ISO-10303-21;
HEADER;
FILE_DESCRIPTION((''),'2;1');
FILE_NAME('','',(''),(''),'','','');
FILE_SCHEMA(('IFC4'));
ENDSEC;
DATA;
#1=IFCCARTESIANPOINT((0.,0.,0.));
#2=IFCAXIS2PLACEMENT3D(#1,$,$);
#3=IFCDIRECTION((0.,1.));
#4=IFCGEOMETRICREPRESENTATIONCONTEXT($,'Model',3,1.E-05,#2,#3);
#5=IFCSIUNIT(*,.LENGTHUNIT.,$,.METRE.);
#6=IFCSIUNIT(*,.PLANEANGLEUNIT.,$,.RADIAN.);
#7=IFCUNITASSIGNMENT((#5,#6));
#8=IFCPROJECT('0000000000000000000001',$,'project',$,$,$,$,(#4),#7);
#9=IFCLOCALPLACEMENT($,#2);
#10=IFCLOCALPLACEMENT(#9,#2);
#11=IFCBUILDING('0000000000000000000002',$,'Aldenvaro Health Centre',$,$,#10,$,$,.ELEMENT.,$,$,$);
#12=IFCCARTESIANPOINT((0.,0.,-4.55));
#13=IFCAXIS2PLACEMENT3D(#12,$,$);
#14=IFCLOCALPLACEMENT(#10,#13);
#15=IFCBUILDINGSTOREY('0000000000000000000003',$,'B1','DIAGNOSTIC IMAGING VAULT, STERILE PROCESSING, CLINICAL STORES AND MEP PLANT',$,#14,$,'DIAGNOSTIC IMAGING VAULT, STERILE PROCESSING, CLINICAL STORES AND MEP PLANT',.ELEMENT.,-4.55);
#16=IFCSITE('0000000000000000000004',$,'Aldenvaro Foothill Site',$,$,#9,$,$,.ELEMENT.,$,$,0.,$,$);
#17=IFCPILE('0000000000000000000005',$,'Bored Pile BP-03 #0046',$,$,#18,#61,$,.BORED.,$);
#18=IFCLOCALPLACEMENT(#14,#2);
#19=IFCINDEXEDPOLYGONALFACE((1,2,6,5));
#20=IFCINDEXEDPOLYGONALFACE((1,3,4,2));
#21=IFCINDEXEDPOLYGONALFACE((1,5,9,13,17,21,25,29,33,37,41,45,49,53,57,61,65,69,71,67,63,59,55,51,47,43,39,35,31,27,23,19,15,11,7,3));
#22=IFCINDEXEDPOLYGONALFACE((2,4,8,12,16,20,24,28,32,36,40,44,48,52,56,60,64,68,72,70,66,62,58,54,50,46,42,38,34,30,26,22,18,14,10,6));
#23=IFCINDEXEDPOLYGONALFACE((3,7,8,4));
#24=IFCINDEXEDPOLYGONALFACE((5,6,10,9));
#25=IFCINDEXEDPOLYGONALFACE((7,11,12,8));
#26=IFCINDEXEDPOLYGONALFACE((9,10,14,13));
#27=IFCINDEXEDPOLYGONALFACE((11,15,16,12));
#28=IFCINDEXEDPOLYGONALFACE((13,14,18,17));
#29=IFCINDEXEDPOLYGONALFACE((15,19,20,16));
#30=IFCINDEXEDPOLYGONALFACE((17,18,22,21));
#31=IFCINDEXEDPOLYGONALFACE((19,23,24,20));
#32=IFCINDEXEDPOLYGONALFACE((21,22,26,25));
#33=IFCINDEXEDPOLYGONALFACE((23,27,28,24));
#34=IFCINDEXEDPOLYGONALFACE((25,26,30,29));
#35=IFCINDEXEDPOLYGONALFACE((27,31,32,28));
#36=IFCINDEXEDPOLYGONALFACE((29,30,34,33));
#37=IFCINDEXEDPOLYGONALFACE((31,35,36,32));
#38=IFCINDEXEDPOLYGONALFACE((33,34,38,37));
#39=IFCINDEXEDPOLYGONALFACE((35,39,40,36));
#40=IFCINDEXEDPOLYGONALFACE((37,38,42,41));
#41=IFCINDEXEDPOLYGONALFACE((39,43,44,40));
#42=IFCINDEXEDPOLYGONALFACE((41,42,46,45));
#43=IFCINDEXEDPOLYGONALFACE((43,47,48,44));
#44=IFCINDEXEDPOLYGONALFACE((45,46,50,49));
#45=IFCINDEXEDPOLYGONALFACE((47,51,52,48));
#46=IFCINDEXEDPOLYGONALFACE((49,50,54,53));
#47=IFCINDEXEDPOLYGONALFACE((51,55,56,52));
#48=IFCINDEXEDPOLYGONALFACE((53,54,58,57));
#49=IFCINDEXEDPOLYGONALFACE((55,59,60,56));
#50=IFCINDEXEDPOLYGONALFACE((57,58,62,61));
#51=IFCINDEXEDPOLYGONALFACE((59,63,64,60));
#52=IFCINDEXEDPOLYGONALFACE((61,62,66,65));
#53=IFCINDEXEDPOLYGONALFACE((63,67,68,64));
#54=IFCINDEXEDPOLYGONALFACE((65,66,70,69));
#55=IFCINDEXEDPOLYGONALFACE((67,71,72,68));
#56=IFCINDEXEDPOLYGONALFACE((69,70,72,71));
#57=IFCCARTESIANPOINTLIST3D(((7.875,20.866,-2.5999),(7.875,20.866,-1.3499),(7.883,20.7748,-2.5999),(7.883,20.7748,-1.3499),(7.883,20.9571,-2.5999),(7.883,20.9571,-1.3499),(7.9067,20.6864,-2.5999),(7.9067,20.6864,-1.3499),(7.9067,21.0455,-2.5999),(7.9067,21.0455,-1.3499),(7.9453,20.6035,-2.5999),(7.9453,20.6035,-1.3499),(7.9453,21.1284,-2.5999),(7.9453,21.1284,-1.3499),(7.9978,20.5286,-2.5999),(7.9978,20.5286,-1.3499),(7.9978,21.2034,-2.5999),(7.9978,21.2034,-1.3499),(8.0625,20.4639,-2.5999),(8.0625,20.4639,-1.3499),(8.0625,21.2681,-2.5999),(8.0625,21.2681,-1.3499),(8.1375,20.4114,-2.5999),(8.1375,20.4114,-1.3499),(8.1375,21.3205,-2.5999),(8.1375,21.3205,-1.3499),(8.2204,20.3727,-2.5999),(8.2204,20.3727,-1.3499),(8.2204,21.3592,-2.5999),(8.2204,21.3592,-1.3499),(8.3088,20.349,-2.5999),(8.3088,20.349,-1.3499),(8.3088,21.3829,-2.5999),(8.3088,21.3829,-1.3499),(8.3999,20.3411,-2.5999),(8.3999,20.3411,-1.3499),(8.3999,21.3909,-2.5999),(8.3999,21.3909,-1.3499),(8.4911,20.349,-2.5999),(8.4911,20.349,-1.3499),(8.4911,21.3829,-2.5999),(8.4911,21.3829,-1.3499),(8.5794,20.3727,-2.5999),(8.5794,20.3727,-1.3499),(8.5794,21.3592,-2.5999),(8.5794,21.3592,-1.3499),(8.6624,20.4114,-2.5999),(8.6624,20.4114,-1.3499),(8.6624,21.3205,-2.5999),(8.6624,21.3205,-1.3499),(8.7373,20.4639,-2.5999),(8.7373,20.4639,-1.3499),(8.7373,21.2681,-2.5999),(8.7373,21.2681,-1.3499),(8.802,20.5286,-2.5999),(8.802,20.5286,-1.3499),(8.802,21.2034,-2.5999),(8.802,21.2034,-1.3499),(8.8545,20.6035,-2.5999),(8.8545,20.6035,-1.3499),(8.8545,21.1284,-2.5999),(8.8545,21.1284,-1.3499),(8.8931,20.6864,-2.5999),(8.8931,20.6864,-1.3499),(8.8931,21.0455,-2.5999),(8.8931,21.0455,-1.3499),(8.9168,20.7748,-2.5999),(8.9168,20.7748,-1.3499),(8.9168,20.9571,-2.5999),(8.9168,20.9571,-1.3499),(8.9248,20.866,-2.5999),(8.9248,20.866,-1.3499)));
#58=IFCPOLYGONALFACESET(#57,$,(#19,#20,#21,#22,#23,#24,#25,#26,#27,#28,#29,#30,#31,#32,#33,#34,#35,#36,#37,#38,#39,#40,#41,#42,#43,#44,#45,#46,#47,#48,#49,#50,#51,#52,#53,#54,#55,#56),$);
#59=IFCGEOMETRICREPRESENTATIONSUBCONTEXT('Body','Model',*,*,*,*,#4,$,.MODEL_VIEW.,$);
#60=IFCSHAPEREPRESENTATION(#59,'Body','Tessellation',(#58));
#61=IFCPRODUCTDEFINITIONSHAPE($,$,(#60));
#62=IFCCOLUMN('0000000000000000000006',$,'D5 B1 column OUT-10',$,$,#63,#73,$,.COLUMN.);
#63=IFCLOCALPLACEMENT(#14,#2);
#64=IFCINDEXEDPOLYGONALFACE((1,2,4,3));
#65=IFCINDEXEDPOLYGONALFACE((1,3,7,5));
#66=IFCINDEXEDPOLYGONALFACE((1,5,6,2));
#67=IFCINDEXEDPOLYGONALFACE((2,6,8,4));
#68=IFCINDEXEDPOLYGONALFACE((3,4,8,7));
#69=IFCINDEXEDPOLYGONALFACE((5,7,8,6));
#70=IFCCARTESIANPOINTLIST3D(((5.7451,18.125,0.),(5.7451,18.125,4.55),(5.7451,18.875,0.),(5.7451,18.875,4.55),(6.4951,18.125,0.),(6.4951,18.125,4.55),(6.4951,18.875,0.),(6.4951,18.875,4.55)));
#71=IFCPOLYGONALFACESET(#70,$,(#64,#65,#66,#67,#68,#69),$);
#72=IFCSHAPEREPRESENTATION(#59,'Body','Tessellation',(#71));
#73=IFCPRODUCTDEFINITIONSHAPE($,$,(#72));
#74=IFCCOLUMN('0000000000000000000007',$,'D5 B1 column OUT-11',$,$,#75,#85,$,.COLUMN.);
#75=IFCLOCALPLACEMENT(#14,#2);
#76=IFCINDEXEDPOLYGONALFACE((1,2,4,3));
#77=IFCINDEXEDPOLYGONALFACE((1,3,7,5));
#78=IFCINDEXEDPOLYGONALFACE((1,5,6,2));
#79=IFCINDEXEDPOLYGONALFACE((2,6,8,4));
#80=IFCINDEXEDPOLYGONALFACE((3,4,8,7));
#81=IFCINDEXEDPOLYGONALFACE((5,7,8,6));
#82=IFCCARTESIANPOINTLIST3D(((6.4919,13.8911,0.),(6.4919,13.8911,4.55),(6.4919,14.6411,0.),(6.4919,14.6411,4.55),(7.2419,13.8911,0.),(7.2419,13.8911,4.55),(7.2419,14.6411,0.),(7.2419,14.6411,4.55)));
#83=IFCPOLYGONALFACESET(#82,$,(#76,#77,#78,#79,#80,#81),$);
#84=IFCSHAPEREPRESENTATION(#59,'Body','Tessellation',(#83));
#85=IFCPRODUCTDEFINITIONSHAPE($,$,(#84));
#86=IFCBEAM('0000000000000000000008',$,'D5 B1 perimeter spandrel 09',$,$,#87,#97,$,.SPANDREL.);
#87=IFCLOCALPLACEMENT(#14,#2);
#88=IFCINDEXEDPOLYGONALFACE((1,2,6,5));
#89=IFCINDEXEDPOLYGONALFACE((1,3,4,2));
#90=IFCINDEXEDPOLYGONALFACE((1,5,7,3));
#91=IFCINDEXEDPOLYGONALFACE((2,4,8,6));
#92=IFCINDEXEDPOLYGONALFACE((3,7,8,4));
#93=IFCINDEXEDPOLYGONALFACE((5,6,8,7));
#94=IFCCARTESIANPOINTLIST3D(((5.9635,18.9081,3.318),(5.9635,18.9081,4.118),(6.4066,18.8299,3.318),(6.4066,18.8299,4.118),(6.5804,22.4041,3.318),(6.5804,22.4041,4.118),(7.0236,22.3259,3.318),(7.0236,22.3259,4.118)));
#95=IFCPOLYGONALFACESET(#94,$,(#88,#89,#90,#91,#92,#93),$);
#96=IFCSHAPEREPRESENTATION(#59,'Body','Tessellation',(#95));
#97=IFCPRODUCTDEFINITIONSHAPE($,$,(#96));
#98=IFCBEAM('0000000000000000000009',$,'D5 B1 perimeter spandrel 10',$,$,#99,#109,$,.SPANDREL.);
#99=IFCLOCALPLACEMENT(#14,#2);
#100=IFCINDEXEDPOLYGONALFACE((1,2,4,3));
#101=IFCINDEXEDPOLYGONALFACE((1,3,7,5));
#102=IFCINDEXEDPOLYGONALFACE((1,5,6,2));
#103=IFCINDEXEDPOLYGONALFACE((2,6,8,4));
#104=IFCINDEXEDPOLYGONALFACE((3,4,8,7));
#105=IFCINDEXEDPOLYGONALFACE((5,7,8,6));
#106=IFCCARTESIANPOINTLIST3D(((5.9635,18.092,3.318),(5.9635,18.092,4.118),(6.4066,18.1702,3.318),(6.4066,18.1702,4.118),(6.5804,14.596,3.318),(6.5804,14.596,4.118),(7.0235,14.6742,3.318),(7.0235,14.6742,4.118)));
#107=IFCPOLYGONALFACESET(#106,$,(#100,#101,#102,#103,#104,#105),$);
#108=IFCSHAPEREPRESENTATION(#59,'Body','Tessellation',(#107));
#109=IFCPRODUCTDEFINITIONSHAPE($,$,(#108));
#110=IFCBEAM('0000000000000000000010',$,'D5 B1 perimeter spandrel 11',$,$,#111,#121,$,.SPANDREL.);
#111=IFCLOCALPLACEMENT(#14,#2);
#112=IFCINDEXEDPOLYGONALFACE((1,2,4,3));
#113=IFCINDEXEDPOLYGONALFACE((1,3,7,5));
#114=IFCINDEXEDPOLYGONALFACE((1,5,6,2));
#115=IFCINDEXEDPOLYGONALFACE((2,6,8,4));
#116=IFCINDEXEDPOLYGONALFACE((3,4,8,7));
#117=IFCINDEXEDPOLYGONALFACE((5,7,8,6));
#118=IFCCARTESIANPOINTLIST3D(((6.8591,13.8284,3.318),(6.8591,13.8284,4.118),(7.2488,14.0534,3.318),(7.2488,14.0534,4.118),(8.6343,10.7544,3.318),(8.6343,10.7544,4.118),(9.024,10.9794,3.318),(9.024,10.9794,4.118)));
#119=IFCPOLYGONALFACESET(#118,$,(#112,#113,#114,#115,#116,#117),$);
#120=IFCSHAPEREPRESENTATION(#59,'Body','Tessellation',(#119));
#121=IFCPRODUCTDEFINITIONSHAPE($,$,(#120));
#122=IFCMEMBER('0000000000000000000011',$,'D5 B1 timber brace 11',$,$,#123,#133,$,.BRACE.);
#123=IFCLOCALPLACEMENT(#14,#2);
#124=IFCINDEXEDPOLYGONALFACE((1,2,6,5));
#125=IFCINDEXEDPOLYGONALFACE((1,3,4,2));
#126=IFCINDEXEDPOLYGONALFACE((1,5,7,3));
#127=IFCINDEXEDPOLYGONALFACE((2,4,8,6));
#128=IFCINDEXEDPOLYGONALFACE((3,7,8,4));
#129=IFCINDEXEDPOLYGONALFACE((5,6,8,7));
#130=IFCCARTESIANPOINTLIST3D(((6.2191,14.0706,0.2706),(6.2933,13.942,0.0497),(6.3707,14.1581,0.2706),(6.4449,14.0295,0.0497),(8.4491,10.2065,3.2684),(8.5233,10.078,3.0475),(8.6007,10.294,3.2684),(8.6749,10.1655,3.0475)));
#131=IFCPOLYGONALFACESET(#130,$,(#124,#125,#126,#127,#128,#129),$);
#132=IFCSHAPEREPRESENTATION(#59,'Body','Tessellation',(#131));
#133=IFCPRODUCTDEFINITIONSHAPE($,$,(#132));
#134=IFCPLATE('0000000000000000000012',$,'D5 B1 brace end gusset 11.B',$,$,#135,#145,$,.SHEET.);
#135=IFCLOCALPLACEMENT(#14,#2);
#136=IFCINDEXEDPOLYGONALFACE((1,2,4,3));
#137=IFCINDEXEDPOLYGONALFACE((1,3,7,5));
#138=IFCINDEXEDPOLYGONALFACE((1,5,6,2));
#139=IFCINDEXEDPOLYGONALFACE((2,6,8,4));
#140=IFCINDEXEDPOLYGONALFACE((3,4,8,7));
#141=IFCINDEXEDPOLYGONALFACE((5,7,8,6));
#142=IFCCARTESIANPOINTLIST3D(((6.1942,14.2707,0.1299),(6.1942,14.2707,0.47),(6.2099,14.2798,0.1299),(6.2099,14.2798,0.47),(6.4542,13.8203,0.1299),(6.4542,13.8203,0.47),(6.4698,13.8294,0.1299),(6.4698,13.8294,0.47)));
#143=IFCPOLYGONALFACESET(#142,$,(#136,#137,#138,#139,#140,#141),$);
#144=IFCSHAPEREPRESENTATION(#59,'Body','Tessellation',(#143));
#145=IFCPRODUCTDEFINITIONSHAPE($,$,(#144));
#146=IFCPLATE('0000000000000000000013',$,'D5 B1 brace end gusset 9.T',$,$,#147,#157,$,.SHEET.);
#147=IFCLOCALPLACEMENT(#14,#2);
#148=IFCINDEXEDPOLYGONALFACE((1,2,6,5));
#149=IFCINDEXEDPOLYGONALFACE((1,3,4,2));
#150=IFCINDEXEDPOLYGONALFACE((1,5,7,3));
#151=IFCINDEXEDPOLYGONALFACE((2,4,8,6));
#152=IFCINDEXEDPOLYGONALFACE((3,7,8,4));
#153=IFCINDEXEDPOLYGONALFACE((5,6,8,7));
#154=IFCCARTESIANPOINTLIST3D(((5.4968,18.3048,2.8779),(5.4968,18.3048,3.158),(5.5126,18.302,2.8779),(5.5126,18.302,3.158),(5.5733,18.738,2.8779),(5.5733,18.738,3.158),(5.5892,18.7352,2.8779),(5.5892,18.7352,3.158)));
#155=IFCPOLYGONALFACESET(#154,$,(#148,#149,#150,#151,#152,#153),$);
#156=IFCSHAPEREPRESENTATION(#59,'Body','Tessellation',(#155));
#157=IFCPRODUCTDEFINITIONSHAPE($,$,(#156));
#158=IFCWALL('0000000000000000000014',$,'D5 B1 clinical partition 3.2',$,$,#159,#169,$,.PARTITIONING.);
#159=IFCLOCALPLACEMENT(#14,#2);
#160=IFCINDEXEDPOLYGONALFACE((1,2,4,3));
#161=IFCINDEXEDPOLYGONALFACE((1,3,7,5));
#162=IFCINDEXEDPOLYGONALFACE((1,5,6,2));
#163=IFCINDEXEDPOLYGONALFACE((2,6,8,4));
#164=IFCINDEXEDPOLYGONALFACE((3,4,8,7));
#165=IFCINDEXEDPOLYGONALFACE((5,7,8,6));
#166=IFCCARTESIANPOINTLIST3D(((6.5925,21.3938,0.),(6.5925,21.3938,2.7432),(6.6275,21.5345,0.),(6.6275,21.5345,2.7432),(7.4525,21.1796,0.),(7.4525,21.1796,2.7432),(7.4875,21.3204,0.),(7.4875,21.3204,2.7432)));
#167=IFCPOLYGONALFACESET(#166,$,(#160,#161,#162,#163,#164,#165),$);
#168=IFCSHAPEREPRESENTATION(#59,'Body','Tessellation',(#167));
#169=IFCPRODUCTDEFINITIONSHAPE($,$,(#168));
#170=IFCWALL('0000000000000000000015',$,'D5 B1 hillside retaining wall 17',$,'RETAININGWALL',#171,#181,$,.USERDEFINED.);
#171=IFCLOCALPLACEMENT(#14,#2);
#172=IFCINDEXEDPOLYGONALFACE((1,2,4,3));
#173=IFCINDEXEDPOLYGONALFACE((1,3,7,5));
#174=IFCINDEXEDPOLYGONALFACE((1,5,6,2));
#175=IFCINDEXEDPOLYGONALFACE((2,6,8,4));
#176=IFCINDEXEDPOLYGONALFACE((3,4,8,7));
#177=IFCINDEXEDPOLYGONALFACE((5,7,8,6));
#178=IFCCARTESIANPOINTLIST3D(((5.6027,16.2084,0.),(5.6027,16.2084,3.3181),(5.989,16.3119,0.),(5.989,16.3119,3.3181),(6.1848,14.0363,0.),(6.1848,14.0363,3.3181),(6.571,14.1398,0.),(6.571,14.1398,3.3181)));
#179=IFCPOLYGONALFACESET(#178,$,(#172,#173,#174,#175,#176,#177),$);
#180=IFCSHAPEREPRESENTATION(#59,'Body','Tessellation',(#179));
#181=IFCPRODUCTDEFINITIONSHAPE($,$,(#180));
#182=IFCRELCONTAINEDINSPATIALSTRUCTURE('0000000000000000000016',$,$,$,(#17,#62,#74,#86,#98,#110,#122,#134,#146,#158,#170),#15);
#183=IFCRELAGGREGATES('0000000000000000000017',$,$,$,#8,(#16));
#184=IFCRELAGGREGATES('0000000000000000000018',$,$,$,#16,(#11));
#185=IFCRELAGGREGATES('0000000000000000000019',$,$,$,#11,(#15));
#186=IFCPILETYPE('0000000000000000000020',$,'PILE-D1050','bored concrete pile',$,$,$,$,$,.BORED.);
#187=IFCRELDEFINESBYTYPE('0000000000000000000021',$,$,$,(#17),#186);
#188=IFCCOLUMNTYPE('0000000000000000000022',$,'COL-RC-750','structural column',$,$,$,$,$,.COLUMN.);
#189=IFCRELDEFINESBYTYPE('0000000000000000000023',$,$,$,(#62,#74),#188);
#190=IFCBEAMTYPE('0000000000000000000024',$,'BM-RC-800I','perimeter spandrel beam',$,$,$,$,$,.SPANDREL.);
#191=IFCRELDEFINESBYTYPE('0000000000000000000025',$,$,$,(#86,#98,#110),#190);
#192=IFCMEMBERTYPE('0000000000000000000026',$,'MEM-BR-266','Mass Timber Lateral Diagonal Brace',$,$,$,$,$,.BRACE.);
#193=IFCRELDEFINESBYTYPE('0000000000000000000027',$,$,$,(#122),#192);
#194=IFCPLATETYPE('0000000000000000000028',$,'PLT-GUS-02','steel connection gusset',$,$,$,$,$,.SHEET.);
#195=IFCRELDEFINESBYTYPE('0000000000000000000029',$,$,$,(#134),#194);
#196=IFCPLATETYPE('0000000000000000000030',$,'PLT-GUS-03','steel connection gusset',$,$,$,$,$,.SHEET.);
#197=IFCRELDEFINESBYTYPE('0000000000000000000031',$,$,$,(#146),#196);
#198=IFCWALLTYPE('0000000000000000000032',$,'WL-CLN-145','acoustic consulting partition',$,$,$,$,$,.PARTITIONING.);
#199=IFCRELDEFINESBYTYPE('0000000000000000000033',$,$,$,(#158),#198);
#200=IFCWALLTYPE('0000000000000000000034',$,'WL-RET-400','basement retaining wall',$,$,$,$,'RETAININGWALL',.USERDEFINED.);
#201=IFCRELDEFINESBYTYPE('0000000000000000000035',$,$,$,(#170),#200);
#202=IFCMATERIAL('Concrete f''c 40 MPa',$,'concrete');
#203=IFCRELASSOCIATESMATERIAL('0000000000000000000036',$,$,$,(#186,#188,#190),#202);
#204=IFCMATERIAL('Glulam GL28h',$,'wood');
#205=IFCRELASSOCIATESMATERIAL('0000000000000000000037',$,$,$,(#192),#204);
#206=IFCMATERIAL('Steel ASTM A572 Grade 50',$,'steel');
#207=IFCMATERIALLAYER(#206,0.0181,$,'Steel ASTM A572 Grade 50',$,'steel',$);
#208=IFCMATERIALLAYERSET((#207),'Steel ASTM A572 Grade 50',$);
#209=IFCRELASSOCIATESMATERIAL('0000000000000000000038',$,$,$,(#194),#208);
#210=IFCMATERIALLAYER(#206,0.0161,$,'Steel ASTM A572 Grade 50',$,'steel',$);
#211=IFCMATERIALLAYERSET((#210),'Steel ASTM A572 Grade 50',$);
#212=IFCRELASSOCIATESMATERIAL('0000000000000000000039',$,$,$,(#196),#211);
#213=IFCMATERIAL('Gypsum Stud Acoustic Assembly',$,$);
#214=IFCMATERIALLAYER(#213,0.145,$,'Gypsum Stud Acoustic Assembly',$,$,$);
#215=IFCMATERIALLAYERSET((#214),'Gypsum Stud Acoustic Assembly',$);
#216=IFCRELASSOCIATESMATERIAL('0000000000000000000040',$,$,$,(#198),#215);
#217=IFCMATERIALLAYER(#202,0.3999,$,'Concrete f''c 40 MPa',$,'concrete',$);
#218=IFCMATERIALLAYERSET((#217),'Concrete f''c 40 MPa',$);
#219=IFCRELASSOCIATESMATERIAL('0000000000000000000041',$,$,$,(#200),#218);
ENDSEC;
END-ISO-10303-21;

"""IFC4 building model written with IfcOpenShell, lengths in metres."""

from ifc_helpers import new_model, si_unit, direction, frame, frame_2d, origin, origin_2d, place, context, subcontext, project, spatial, rectangle, circle, extrude, material, layer, layer_set, material_profile, profile_set, type_object, element, save


model = new_model("IFC4")

# Units and contexts
model_context = context("Model", 3, precision=1e-05, world=origin(), true_north=direction((0.0, 1.0)))
body_context = subcontext(model_context, "Body", "Model", "MODEL_VIEW")
ifc_project = project(units=[si_unit("LENGTHUNIT", "METRE"), si_unit("PLANEANGLEUNIT", "RADIAN")], contexts=[model_context])

# Site, building, storey
site_placement = place(None, origin())
site = spatial("IfcSite", under=ifc_project, at=site_placement, Name="Aldenvaro Foothill Site", CompositionType="ELEMENT", RefElevation=0.0)
building_placement = place(site_placement, origin())
building = spatial("IfcBuilding", under=site, at=building_placement, Name="Aldenvaro Health Centre", CompositionType="ELEMENT")
storey_placement = place(building_placement, frame((0.0, 0.0, -4.55)))
storey = spatial("IfcBuildingStorey", under=building, at=storey_placement, Name="B1", Description="DIAGNOSTIC IMAGING VAULT, STERILE PROCESSING, CLINICAL STORES AND MEP PLANT", LongName="DIAGNOSTIC IMAGING VAULT, STERILE PROCESSING, CLINICAL STORES AND MEP PLANT", CompositionType="ELEMENT", Elevation=-4.55)

# Pile
ifc_material_1 = material(Name="Concrete f'c 40 MPa", Category="concrete")
ifc_material_profile_1 = material_profile(ifc_material_1, circle(Radius=0.5249, at=origin_2d()), Name="PILE D1050", Category="concrete")
ifc_profile_set_1 = profile_set([ifc_material_profile_1], Name="Concrete f'c 40 MPa")
pile_type = type_object("IfcPileType", Name="PILE-D1050", Description="bored concrete pile", PredefinedType="BORED", material=ifc_profile_set_1)
for number, where, z_axis, x_axis, name in (
    (1, (8.3999, 20.866, -1.3499), (0.0, 0.0, -1.0), (1.0, 0.0, 0.0), "Bored Pile BP-03 #0046"),
):
    element("IfcPile", number, at=place(storey_placement, frame(where, z_axis=z_axis, x_axis=x_axis)), inside=storey, type_object=pile_type, Name=name, PredefinedType="BORED", context=body_context, shape_type="SweptSolid", body=[
        extrude(circle(Radius=0.5249, at=origin_2d()), origin(), (0.0, 0.0, 1.0), 1.25),
    ])

# Columns
ifc_material_profile_2 = material_profile(ifc_material_1, rectangle(XDim=0.75, YDim=0.75, at=origin_2d()), Name="RC 750x750", Category="concrete")
ifc_profile_set_2 = profile_set([ifc_material_profile_2], Name="Concrete f'c 40 MPa")
column_type = type_object("IfcColumnType", Name="COL-RC-750", Description="structural column", PredefinedType="COLUMN", material=ifc_profile_set_2)
for number, where, z_axis, x_axis, name in (
    (2, (6.1201, 18.5, 0.0), (0.0, 0.0, 1.0), (1.0, 0.0, 0.0), "D5 B1 column OUT-10"),
    (3, (6.8669, 14.2661, 0.0), (0.0, 0.0, 1.0), (1.0, 0.0, 0.0), "D5 B1 column OUT-11"),
):
    element("IfcColumn", number, at=place(storey_placement, frame(where, z_axis=z_axis, x_axis=x_axis)), inside=storey, type_object=column_type, Name=name, PredefinedType="COLUMN", context=body_context, shape_type="SweptSolid", body=[
        extrude(rectangle(XDim=0.75, YDim=0.75, at=origin_2d()), origin(), (0.0, 0.0, 1.0), 4.55),
    ])

# Beams
ifc_material_profile_3 = material_profile(ifc_material_1, rectangle(XDim=0.45, YDim=0.8, at=origin_2d()), Name="RC 450x800", Category="concrete")
ifc_profile_set_3 = profile_set([ifc_material_profile_3], Name="Concrete f'c 40 MPa")
beam_type = type_object("IfcBeamType", Name="BM-RC-800I", Description="perimeter spandrel beam", PredefinedType="SPANDREL", material=ifc_profile_set_3)
for number, where, z_axis, x_axis, name in (
    (4, (6.802, 22.365, 3.718), (-0.173781, -0.984784, 0.0), (0.984784, -0.173781, 0.0), "D5 B1 perimeter spandrel 09"),
    (5, (6.1851, 18.1311, 3.718), (0.173781, -0.984784, 0.0), (0.984784, 0.173781, 0.0), "D5 B1 perimeter spandrel 10"),
):
    element("IfcBeam", number, at=place(storey_placement, frame(where, z_axis=z_axis, x_axis=x_axis)), inside=storey, type_object=beam_type, Name=name, PredefinedType="SPANDREL", context=body_context, shape_type="SweptSolid", body=[
        extrude(rectangle(XDim=0.45, YDim=0.8, at=origin_2d()), origin(), (0.0, 0.0, 1.0), 3.55),
    ])
beam_placement = place(storey_placement, frame((7.054, 13.9409, 3.718), z_axis=(0.500082, -0.865978, 0.0), x_axis=(0.865978, 0.500082, 0.0)))
element("IfcBeam", 6, at=beam_placement, inside=storey, type_object=beam_type, Name="D5 B1 perimeter spandrel 11", PredefinedType="SPANDREL", context=body_context, shape_type="SweptSolid", body=[
    extrude(rectangle(XDim=0.45, YDim=0.8, at=origin_2d()), origin(), (0.0, 0.0, 1.0), 3.5498),
])

# Member
ifc_material_2 = material(Name="Glulam GL28h", Category="wood")
ifc_material_profile_4 = material_profile(ifc_material_2, rectangle(XDim=0.175, YDim=0.2661, at=origin_2d()), Name="GL 175x266", Category="wood")
ifc_profile_set_4 = profile_set([ifc_material_profile_4], Name="Glulam GL28h")
member_type = type_object("IfcMemberType", Name="MEM-BR-266", Description="Mass Timber Lateral Diagonal Brace", PredefinedType="BRACE", material=ifc_profile_set_4)
member_placement = place(storey_placement, frame((6.332, 14.05, 0.1602), z_axis=(0.414883, -0.718891, 0.557734), x_axis=(0.866114, 0.499847, 0.0)))
element("IfcMember", 7, at=member_placement, inside=storey, type_object=member_type, Name="D5 B1 timber brace 11", PredefinedType="BRACE", context=body_context, shape_type="SweptSolid", body=[
    extrude(rectangle(XDim=0.175, YDim=0.2661, at=origin_2d()), origin(), (0.0, 0.0, 1.0), 5.375),
])

# Plates
ifc_material_3 = material(Name="Steel ASTM A572 Grade 50", Category="steel")
ifc_layer_1 = layer(ifc_material_3, 0.0181, Name="Steel ASTM A572 Grade 50", Category="steel")
ifc_layer_set_1 = layer_set([ifc_layer_1], Name="Steel ASTM A572 Grade 50")
plate_type_1 = type_object("IfcPlateType", Name="PLT-GUS-02", Description="steel connection gusset", PredefinedType="SHEET", material=ifc_layer_set_1)
plate_1_placement = place(storey_placement, frame((6.332, 14.05, 0.1299), z_axis=(0.0, 0.0, 1.0), x_axis=(0.499849, -0.866113, 0.0)))
element("IfcPlate", 8, at=plate_1_placement, inside=storey, type_object=plate_type_1, Name="D5 B1 brace end gusset 11.B", PredefinedType="SHEET", context=body_context, shape_type="SweptSolid", body=[
    extrude(rectangle(XDim=0.52, YDim=0.0181, at=origin_2d()), origin(), (0.0, 0.0, 1.0), 0.3401),
])
ifc_layer_2 = layer(ifc_material_3, 0.0161, Name="Steel ASTM A572 Grade 50", Category="steel")
ifc_layer_set_2 = layer_set([ifc_layer_2], Name="Steel ASTM A572 Grade 50")
plate_type_2 = type_object("IfcPlateType", Name="PLT-GUS-03", Description="steel connection gusset", PredefinedType="SHEET", material=ifc_layer_set_2)
plate_2_placement = place(storey_placement, frame((5.543, 18.52, 2.8779), z_axis=(0.0, 0.0, 1.0), x_axis=(-0.173958, -0.984753, 0.0)))
element("IfcPlate", 9, at=plate_2_placement, inside=storey, type_object=plate_type_2, Name="D5 B1 brace end gusset 9.T", PredefinedType="SHEET", context=body_context, shape_type="SweptSolid", body=[
    extrude(rectangle(XDim=0.4399, YDim=0.0161, at=origin_2d()), origin(), (0.0, 0.0, 1.0), 0.28),
])

# Walls
ifc_material_4 = material(Name="Gypsum Stud Acoustic Assembly")
ifc_layer_3 = layer(ifc_material_4, 0.145, Name="Gypsum Stud Acoustic Assembly")
ifc_layer_set_3 = layer_set([ifc_layer_3], Name="Gypsum Stud Acoustic Assembly")
wall_type_1 = type_object("IfcWallType", Name="WL-CLN-145", Description="acoustic consulting partition", PredefinedType="PARTITIONING", material=ifc_layer_set_3)
wall_1_placement = place(storey_placement, frame((7.47, 21.25, 0.0), z_axis=(0.0, 0.0, 1.0), x_axis=(-0.970369, 0.241628, 0.0)))
element("IfcWall", 10, at=wall_1_placement, inside=storey, type_object=wall_type_1, Name="D5 B1 clinical partition 3.2", PredefinedType="PARTITIONING", context=body_context, shape_type="SweptSolid", body=[
    extrude(rectangle(XDim=0.8862, YDim=0.145, at=frame_2d((0.4431, 0.0))), origin(), (0.0, 0.0, 1.0), 2.7432),
])
ifc_layer_4 = layer(ifc_material_1, 0.3999, Name="Concrete f'c 40 MPa", Category="concrete")
ifc_layer_set_4 = layer_set([ifc_layer_4], Name="Concrete f'c 40 MPa")
wall_type_2 = type_object("IfcWallType", Name="WL-RET-400", Description="basement retaining wall", ElementType="RETAININGWALL", PredefinedType="USERDEFINED", material=ifc_layer_set_4)
wall_2_placement = place(storey_placement, frame((6.3779, 14.0879, 0.0), z_axis=(0.0, 0.0, 1.0), x_axis=(-0.258825, 0.965924, 0.0)))
element("IfcWall", 11, at=wall_2_placement, inside=storey, type_object=wall_type_2, Name="D5 B1 hillside retaining wall 17", ObjectType="RETAININGWALL", PredefinedType="USERDEFINED", context=body_context, shape_type="SweptSolid", body=[
    extrude(rectangle(XDim=2.2488, YDim=0.3999, at=frame_2d((1.1245, 0.0))), origin(), (0.0, 0.0, 1.0), 3.3181),
])

save(model, "model.ifc")
